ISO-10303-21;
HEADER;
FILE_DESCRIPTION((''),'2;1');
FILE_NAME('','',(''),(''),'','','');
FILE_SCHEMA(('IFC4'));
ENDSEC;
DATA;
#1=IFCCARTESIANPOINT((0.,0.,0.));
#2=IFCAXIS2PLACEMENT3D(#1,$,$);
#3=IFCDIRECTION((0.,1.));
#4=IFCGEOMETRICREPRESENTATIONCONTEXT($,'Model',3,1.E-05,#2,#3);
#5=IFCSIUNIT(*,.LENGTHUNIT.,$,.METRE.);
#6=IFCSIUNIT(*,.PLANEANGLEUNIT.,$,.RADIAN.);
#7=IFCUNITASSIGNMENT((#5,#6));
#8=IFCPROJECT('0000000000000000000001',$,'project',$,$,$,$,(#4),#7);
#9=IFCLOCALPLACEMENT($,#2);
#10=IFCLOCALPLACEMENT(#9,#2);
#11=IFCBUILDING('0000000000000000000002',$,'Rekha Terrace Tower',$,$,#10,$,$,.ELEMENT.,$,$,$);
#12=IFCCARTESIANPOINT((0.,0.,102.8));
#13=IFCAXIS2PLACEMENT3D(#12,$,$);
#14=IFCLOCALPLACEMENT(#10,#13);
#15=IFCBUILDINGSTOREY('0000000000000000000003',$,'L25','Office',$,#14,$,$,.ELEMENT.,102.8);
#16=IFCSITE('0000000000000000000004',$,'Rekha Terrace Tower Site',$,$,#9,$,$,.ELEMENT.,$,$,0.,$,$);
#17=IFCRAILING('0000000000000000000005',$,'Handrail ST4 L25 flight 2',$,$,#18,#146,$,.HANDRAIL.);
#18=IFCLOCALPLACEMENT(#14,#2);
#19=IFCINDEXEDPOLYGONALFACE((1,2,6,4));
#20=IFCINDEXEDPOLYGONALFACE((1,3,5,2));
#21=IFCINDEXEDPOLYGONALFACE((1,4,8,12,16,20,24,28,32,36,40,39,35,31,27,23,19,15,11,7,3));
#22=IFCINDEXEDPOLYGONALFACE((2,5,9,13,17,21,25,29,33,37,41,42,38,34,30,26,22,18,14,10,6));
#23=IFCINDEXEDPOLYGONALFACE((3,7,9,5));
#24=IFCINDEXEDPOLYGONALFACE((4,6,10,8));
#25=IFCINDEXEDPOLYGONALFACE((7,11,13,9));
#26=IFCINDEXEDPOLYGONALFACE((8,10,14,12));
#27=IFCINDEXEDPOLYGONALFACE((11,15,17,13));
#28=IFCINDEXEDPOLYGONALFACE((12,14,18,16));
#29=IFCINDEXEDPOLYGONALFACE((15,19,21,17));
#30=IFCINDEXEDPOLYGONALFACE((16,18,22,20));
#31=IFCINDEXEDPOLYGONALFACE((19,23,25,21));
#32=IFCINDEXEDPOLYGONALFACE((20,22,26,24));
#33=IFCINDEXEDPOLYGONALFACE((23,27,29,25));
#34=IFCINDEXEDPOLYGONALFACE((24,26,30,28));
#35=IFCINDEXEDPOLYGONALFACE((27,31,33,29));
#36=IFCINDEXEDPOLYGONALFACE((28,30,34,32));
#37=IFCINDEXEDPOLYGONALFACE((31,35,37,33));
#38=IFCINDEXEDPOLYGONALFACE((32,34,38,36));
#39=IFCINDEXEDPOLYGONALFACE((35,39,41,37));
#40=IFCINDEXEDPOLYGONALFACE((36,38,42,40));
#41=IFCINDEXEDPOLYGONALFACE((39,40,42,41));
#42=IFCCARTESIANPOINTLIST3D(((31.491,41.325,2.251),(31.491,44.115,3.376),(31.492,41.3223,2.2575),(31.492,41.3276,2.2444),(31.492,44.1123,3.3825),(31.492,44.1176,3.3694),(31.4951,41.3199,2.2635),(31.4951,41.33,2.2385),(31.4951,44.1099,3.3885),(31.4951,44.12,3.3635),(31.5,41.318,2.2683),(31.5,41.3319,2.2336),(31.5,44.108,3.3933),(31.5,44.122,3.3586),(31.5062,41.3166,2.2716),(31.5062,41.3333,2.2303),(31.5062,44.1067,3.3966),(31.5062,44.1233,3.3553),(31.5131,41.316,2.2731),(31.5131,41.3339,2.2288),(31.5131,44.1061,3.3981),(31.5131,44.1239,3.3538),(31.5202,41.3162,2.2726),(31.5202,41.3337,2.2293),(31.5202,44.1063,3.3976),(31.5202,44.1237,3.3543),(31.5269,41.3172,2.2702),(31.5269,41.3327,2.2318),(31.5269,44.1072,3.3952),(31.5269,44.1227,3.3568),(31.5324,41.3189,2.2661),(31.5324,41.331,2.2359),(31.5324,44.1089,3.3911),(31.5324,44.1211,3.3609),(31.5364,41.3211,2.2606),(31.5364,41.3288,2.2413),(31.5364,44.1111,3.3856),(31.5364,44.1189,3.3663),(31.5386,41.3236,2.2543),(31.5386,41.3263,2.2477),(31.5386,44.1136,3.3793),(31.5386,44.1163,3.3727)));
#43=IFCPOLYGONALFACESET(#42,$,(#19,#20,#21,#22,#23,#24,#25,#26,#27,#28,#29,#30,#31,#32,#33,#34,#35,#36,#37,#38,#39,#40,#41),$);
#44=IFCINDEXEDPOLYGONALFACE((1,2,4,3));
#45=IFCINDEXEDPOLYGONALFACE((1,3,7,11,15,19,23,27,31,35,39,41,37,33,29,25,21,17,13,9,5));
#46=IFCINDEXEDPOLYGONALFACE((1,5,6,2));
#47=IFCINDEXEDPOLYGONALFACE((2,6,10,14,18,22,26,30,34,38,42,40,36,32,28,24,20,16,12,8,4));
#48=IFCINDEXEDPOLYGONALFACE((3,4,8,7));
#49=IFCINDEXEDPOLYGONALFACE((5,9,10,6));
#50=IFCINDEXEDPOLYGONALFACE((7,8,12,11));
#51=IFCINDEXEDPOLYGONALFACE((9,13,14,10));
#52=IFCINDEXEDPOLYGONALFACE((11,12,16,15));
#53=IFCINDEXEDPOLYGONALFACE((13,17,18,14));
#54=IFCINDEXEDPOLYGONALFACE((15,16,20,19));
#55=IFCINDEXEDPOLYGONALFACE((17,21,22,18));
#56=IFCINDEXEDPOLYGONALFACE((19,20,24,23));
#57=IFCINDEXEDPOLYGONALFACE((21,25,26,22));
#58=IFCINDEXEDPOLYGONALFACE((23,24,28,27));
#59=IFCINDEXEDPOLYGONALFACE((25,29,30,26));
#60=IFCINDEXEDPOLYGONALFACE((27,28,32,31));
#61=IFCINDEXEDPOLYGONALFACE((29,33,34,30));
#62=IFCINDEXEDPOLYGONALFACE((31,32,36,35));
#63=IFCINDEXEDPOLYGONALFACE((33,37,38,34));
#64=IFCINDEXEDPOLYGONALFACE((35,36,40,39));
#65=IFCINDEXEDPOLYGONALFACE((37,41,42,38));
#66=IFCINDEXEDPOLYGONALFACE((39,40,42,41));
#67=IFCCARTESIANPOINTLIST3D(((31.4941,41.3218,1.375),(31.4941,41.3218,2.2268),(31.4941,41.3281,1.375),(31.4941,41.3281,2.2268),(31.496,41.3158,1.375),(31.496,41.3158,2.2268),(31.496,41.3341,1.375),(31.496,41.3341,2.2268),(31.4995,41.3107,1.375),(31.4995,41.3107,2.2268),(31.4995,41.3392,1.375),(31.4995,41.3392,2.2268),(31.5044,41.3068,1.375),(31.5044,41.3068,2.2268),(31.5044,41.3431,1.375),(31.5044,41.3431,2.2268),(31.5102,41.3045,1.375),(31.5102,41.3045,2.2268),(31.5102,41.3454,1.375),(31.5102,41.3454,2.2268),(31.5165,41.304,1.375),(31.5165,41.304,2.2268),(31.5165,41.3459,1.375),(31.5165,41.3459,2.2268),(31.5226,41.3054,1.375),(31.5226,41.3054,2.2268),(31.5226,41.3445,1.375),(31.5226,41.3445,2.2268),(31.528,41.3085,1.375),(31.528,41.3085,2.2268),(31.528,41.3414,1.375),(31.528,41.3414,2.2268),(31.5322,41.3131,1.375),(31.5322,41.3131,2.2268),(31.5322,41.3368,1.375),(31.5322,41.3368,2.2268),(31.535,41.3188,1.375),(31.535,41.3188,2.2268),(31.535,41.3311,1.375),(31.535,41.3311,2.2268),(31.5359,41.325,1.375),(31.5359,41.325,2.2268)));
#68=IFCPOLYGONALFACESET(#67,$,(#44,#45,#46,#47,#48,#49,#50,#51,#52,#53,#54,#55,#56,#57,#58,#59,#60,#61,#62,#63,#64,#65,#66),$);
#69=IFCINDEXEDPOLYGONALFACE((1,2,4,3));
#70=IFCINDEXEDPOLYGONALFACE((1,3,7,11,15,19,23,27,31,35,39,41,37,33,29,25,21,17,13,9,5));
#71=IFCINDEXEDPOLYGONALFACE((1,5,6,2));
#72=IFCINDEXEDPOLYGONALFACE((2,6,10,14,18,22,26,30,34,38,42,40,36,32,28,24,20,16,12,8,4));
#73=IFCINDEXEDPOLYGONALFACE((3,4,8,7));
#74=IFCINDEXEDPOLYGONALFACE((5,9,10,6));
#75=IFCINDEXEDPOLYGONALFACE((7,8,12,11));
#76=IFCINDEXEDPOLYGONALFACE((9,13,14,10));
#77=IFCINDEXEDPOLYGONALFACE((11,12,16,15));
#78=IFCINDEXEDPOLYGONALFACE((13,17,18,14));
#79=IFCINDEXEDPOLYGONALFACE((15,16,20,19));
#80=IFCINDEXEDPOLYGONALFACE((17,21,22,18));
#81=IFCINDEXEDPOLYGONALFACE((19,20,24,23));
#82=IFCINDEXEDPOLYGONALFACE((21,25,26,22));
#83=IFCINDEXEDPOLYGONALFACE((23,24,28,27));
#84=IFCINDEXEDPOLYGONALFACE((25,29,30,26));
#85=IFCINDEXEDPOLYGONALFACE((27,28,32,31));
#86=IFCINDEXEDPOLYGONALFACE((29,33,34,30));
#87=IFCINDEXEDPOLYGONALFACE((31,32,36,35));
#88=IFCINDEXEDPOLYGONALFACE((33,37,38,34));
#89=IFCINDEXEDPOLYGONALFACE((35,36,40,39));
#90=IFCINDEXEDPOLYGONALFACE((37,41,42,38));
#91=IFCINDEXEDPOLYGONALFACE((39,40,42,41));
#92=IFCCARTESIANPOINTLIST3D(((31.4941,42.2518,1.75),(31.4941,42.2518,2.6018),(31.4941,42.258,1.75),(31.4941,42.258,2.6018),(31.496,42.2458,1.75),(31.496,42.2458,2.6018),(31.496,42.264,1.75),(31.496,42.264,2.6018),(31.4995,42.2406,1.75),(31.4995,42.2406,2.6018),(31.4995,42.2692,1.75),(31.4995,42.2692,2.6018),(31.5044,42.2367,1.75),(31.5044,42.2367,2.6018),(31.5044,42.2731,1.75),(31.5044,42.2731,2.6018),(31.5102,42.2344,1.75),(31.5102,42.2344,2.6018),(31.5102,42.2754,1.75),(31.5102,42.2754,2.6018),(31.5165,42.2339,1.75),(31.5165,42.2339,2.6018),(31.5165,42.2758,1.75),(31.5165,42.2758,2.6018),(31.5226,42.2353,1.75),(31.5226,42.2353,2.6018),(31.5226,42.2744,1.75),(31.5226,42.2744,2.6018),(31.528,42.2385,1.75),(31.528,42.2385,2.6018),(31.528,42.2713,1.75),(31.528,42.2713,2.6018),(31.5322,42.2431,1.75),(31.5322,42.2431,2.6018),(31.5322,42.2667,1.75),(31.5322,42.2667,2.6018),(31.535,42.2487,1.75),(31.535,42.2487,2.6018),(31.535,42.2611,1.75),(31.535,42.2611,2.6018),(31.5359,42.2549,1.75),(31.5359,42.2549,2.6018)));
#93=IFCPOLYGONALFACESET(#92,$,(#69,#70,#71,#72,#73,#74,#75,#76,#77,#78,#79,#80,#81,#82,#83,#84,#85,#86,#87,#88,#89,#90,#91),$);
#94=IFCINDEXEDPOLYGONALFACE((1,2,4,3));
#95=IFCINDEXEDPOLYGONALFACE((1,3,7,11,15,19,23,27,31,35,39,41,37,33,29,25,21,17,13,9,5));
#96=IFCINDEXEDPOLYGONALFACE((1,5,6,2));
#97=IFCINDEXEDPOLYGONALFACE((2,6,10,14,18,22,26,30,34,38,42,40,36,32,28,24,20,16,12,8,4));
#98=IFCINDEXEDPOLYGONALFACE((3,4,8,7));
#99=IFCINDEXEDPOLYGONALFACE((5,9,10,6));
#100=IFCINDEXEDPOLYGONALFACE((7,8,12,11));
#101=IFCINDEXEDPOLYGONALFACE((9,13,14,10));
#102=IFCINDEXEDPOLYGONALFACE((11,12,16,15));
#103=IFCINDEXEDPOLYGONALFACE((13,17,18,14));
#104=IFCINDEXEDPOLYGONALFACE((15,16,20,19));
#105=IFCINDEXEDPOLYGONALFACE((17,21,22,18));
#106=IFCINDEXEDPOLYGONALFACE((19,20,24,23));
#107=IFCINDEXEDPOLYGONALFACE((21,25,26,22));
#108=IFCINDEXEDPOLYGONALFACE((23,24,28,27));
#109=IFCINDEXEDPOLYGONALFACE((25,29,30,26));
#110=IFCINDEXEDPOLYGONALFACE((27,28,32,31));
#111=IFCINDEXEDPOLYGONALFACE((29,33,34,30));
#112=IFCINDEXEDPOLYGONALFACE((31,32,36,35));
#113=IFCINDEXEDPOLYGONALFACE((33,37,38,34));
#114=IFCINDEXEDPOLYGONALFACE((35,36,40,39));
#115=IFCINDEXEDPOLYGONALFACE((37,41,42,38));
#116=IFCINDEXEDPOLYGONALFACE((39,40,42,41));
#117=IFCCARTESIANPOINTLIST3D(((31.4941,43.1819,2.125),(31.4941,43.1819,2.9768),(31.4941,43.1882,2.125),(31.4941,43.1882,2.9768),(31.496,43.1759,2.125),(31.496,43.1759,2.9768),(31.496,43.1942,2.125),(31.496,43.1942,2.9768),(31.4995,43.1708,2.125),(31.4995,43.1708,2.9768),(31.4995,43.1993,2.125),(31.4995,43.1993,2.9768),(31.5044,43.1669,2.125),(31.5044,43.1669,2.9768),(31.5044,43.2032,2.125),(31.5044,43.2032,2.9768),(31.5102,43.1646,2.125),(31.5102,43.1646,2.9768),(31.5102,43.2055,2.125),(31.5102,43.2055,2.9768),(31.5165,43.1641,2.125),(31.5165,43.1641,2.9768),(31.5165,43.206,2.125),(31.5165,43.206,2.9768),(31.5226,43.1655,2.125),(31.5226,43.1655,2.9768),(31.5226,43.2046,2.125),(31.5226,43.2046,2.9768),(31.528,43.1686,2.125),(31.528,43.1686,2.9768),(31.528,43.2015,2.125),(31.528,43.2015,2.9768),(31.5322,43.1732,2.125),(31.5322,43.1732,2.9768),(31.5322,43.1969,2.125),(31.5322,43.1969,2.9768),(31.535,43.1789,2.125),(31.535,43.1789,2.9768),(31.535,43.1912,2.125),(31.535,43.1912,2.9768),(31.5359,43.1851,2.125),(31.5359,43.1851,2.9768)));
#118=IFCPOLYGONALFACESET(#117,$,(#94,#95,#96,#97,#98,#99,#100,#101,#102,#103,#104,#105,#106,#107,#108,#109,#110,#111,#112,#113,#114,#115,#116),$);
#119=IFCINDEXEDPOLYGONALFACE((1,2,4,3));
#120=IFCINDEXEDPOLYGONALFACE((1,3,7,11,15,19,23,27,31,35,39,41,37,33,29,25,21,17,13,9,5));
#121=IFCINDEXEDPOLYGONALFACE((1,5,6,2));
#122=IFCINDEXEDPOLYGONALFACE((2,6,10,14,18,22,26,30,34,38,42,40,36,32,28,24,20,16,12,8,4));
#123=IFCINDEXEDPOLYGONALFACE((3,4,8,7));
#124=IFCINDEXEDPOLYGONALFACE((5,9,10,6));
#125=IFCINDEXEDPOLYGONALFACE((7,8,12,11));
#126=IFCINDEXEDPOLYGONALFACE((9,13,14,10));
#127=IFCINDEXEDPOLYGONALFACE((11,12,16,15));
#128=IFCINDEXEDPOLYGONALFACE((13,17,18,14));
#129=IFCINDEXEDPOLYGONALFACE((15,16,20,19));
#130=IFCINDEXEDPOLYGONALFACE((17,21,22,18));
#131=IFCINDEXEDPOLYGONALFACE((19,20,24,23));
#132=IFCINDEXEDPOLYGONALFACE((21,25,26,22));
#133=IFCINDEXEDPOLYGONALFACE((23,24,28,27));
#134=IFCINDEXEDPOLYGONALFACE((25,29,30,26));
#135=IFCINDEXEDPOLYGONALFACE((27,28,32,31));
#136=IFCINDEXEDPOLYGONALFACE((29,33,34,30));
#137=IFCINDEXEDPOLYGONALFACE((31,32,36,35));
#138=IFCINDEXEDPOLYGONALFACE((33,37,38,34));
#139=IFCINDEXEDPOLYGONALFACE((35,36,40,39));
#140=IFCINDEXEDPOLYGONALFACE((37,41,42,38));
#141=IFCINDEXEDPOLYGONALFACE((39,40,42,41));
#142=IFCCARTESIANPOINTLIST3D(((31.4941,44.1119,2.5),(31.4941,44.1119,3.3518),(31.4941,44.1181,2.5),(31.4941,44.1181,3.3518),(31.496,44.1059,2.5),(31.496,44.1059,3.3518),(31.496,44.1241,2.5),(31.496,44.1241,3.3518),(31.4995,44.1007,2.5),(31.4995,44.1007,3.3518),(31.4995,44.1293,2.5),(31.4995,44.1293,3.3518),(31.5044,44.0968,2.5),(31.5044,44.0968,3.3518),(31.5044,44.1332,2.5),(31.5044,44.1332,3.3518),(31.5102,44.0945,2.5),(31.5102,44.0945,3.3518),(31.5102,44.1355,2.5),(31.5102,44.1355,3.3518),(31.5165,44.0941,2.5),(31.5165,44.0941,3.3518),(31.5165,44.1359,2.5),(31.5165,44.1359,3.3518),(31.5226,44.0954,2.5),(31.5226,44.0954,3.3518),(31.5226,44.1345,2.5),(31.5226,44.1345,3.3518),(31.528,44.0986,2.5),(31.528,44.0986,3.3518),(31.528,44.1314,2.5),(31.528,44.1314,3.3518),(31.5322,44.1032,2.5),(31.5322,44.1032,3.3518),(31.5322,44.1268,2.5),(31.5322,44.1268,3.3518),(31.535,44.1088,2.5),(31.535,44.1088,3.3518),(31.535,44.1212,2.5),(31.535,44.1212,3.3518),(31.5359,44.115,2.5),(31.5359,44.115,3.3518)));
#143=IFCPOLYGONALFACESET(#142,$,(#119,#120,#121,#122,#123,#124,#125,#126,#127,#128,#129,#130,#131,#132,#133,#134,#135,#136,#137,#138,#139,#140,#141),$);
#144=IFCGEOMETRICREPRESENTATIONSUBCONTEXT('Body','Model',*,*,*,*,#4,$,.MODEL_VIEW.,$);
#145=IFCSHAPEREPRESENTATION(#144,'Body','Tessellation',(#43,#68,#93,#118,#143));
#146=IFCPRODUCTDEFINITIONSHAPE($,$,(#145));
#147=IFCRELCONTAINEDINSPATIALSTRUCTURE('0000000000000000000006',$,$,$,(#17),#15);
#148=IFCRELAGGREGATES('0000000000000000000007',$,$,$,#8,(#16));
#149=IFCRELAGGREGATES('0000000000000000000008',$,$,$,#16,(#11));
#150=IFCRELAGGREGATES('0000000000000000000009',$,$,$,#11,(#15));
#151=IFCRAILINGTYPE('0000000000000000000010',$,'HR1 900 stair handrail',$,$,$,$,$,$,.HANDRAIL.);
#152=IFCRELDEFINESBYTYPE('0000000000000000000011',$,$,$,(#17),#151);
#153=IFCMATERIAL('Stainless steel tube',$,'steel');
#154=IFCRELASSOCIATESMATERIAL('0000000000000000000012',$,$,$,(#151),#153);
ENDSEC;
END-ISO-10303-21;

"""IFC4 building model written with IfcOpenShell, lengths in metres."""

from ifc_helpers import new_model, si_unit, direction, frame, origin, origin_2d, place, context, subcontext, project, spatial, circle, extrude, material, type_object, element, save


model = new_model("IFC4")

# Units and contexts
model_context = context("Model", 3, precision=1e-05, world=origin(), true_north=direction((0.0, 1.0)))
body_context = subcontext(model_context, "Body", "Model", "MODEL_VIEW")
ifc_project = project(units=[si_unit("LENGTHUNIT", "METRE"), si_unit("PLANEANGLEUNIT", "RADIAN")], contexts=[model_context])

# Site, building, storey
site_placement = place(None, origin())
site = spatial("IfcSite", under=ifc_project, at=site_placement, Name="Rekha Terrace Tower Site", CompositionType="ELEMENT", RefElevation=0.0)
building_placement = place(site_placement, origin())
building = spatial("IfcBuilding", under=site, at=building_placement, Name="Rekha Terrace Tower", CompositionType="ELEMENT")
storey_placement = place(building_placement, frame((0.0, 0.0, 102.8)))
storey = spatial("IfcBuildingStorey", under=building, at=storey_placement, Name="L25", Description="Office", CompositionType="ELEMENT", Elevation=102.8)

# Railing
ifc_material_1 = material(Name="Stainless steel tube", Category="steel")
railing_type_1 = type_object("IfcRailingType", Name="HR1 900 stair handrail", PredefinedType="HANDRAIL", material=ifc_material_1)
railing_1_placement = place(storey_placement, frame((31.5149, 41.325, 1.375)))
element("IfcRailing", 1, at=railing_1_placement, inside=storey, type_object=railing_type_1, Name="Handrail ST4 L25 flight 2", PredefinedType="HANDRAIL", context=body_context, shape_type="SweptSolid", body=[
    extrude(circle(Radius=0.0239, at=origin_2d()), frame((0.0, 0.0, 0.876), z_axis=(0.0, 0.927443, 0.373964), x_axis=(-1.0, 0.0, 0.0)), (0.0, 0.0, 1.0), 3.0083),
    extrude(circle(Radius=0.021, at=origin_2d()), origin(), (0.0, 0.0, 1.0), 0.8518),
    extrude(circle(Radius=0.021, at=origin_2d()), frame((0.0, 0.9299, 0.375)), (0.0, 0.0, 1.0), 0.8518),
    extrude(circle(Radius=0.021, at=origin_2d()), frame((0.0, 1.8601, 0.75)), (0.0, 0.0, 1.0), 0.8518),
    extrude(circle(Radius=0.021, at=origin_2d()), frame((0.0, 2.79, 1.125)), (0.0, 0.0, 1.0), 0.8518),
])

save(model, "model.ifc")
